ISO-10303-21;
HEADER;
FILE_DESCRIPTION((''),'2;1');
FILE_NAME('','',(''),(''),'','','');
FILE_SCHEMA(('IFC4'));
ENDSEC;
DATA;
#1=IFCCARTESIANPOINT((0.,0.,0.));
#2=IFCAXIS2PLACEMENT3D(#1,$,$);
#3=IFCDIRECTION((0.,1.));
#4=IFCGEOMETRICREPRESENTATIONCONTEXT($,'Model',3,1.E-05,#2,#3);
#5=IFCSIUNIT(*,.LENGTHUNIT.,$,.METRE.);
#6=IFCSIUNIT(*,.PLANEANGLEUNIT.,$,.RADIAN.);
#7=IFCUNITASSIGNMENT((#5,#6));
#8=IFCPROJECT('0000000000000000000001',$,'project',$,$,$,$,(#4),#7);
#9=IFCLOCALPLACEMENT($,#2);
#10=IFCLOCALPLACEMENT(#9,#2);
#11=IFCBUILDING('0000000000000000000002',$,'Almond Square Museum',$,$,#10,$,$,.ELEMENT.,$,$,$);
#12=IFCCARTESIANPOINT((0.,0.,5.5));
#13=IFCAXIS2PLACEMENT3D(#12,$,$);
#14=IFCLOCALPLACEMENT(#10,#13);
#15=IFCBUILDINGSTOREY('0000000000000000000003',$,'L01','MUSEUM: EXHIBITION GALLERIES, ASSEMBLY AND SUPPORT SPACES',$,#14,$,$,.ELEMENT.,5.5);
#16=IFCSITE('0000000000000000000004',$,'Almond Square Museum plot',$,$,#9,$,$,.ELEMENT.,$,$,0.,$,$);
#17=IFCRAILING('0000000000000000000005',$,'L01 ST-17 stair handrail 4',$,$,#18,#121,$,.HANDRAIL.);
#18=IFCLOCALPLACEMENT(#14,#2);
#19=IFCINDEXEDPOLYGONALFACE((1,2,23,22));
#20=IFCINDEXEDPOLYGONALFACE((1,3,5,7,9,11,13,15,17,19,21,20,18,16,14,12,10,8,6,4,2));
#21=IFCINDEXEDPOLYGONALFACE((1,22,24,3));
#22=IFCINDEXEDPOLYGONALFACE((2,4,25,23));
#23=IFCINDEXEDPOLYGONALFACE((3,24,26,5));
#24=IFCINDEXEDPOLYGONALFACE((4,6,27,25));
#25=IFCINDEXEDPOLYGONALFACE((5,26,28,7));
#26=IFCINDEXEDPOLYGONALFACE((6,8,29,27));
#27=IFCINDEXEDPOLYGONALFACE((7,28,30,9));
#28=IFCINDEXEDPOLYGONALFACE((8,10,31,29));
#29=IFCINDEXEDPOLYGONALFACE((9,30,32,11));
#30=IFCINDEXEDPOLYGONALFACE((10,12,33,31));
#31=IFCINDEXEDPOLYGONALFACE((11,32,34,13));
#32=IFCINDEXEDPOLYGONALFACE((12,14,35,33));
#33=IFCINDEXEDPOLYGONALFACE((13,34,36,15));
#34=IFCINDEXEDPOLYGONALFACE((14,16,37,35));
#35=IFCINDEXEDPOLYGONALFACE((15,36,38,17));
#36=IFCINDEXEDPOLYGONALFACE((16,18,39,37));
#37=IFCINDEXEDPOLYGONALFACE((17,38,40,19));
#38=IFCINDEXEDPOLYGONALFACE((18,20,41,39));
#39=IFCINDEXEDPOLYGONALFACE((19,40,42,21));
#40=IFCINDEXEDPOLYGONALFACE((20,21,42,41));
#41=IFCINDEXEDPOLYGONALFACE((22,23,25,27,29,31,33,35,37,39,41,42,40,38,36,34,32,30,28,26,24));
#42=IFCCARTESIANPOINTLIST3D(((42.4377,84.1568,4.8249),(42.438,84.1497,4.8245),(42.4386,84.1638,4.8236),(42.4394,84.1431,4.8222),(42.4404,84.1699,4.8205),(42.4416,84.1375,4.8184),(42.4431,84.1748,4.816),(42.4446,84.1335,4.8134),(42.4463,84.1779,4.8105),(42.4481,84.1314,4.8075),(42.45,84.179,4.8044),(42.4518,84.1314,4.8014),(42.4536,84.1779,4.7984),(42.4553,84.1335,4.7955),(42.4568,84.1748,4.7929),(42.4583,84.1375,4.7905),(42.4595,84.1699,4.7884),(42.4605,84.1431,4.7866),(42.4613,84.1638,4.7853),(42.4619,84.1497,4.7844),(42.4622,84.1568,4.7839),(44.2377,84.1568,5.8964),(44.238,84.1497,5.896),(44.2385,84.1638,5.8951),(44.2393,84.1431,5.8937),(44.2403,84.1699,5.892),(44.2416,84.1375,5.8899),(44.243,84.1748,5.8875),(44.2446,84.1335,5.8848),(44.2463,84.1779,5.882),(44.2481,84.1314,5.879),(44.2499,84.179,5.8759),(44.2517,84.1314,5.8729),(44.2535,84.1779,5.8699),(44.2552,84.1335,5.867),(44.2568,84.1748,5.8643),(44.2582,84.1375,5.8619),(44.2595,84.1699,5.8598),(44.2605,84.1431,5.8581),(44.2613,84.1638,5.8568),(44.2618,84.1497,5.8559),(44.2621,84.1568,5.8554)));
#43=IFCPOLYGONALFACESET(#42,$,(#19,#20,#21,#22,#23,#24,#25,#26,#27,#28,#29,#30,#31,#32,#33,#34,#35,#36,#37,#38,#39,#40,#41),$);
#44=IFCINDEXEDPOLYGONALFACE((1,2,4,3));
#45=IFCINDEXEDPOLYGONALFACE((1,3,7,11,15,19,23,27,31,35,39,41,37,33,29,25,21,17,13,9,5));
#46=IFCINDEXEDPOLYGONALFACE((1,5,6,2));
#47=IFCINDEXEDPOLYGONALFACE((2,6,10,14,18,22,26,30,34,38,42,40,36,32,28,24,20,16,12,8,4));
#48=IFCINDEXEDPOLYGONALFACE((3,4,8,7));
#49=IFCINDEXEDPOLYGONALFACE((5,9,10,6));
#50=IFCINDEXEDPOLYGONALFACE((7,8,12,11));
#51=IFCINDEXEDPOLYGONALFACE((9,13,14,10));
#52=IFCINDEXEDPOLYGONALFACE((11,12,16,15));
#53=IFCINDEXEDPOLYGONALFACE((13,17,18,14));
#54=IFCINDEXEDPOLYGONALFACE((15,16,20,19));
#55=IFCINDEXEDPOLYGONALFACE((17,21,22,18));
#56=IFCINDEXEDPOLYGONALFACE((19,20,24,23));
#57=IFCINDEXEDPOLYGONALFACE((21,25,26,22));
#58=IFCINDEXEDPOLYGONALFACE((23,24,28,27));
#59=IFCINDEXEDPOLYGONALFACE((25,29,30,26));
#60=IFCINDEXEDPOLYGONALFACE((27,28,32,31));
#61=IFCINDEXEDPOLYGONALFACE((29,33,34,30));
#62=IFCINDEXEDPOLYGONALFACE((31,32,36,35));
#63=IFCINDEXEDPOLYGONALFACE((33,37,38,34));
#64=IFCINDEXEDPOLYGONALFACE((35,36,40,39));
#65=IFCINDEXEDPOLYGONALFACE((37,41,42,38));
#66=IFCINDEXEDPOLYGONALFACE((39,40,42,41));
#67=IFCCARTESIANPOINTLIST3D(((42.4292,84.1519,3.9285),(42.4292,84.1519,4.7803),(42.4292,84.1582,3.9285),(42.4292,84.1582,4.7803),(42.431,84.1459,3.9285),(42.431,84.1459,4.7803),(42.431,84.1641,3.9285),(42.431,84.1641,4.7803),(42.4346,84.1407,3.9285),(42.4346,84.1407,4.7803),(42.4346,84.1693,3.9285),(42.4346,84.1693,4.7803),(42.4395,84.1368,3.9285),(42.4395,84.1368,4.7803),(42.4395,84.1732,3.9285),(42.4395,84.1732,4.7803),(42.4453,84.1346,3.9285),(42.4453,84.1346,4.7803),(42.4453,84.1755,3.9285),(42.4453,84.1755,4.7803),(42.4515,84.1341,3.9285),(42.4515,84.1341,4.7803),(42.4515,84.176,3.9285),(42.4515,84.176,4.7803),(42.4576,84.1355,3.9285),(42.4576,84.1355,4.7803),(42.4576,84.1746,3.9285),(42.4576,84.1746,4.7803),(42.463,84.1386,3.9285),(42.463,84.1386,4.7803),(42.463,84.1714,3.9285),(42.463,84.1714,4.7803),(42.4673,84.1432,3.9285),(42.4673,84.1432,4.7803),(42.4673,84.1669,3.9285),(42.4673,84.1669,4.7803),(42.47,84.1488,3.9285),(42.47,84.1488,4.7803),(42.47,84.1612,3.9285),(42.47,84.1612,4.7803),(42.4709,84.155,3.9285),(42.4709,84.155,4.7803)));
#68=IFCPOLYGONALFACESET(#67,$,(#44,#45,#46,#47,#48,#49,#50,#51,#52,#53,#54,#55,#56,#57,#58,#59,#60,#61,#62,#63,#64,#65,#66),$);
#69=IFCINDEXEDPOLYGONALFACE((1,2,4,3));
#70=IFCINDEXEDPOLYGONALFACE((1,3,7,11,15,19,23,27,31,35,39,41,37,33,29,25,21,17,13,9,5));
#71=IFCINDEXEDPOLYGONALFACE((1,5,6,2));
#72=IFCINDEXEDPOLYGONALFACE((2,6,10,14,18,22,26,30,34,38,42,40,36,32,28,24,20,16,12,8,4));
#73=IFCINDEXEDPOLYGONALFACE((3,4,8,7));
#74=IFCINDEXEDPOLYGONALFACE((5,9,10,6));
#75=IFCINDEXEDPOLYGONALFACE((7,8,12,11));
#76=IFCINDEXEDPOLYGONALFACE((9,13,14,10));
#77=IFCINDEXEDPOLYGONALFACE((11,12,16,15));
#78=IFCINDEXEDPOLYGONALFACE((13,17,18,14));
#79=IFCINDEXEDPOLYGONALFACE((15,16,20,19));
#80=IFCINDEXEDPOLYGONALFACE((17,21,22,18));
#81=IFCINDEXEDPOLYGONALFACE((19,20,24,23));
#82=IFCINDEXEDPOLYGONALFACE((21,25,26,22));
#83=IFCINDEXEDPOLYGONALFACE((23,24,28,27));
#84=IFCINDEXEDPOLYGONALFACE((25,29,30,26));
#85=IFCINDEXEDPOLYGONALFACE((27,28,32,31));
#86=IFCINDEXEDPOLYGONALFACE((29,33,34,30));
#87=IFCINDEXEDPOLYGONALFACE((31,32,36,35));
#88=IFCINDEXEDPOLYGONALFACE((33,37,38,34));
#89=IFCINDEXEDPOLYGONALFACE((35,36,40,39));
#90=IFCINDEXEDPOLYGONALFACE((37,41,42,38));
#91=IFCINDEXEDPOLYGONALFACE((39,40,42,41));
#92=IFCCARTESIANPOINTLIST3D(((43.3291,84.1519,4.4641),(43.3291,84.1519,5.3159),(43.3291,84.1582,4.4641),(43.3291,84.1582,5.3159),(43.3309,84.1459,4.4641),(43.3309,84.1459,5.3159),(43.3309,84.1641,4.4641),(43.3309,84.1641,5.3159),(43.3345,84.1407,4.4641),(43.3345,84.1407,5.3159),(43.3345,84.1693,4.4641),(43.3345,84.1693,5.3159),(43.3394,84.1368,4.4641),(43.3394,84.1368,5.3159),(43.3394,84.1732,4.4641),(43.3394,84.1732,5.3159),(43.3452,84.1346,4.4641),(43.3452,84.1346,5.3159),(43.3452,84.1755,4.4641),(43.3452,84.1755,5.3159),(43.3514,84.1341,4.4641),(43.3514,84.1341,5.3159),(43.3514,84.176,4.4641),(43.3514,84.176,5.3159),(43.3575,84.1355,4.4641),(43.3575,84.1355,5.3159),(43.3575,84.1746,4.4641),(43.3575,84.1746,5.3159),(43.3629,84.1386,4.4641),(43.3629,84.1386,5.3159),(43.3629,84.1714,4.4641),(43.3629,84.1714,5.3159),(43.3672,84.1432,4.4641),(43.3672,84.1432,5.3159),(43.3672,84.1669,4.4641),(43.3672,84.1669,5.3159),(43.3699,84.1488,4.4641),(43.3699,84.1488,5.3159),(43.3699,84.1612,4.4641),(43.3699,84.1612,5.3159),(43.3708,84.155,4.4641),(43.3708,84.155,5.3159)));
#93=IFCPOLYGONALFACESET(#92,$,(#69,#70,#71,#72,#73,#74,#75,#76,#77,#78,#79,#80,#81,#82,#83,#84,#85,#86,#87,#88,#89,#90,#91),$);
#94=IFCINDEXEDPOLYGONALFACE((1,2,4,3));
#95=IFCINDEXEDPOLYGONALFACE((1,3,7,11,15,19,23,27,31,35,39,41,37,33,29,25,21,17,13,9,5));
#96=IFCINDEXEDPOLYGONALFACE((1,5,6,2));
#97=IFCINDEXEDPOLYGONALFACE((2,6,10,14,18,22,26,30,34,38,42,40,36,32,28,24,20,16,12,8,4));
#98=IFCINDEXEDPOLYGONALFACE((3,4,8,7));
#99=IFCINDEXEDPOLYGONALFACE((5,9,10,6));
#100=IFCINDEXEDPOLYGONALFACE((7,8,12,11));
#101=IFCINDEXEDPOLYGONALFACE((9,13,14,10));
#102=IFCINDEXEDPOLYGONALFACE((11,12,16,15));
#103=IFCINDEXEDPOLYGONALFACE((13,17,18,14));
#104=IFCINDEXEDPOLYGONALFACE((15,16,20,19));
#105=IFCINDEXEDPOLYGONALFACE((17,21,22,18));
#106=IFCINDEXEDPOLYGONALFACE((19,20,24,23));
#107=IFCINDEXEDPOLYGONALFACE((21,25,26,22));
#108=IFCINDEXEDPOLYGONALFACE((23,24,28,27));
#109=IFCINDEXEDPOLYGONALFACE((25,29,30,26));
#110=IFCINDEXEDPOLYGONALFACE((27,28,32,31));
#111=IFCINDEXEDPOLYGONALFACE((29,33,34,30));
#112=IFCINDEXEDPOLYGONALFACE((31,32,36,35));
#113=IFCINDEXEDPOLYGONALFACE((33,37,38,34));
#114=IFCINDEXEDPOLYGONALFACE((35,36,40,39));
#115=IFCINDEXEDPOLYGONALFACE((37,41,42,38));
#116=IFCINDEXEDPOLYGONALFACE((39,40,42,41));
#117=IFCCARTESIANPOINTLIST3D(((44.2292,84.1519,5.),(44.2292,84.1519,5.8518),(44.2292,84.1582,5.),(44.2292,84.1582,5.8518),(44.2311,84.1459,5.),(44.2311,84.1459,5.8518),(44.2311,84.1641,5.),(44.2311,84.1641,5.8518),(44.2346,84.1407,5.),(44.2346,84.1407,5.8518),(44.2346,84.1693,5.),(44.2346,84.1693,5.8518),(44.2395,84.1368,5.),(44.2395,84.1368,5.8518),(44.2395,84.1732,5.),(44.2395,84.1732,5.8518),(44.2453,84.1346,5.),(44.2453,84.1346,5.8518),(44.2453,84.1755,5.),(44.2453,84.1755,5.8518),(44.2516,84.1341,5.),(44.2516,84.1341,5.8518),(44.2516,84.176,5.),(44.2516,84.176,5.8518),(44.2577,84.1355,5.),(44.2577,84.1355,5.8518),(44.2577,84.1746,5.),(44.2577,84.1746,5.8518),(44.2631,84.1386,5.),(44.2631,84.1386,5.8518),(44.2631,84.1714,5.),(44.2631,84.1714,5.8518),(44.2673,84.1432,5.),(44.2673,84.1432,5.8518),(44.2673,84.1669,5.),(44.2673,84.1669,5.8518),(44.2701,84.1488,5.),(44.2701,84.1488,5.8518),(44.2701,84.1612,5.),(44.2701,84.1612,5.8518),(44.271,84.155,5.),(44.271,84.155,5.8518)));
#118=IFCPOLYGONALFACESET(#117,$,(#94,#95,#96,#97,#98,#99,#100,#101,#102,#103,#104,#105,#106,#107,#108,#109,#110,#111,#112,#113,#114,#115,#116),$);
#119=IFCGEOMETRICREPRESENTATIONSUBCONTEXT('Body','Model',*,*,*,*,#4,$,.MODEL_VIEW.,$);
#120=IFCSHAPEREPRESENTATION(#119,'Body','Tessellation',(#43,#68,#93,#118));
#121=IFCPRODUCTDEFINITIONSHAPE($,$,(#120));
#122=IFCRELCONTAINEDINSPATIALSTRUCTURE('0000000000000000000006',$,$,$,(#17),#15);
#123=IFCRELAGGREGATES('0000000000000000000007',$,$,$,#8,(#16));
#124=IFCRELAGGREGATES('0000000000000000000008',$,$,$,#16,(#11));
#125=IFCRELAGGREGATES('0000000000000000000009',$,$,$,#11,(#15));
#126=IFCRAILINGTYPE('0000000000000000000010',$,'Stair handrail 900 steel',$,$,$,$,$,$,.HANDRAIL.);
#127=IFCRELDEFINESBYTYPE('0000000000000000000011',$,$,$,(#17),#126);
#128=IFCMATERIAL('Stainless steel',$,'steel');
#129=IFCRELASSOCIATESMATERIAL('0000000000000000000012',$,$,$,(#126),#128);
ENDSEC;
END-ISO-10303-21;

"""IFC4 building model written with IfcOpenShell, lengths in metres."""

from ifc_helpers import new_model, si_unit, direction, frame, origin, origin_2d, place, context, subcontext, project, spatial, circle, extrude, material, type_object, element, save


model = new_model("IFC4")

# Units and contexts
model_context = context("Model", 3, precision=1e-05, world=origin(), true_north=direction((0.0, 1.0)))
body_context = subcontext(model_context, "Body", "Model", "MODEL_VIEW")
ifc_project = project(units=[si_unit("LENGTHUNIT", "METRE"), si_unit("PLANEANGLEUNIT", "RADIAN")], contexts=[model_context])

# Site, building, storey
site_placement = place(None, origin())
site = spatial("IfcSite", under=ifc_project, at=site_placement, Name="Almond Square Museum plot", CompositionType="ELEMENT", RefElevation=0.0)
building_placement = place(site_placement, origin())
building = spatial("IfcBuilding", under=site, at=building_placement, Name="Almond Square Museum", CompositionType="ELEMENT")
storey_placement = place(building_placement, frame((0.0, 0.0, 5.5)))
storey = spatial("IfcBuildingStorey", under=building, at=storey_placement, Name="L01", Description="MUSEUM: EXHIBITION GALLERIES, ASSEMBLY AND SUPPORT SPACES", CompositionType="ELEMENT", Elevation=5.5)

# Railing
ifc_material_1 = material(Name="Stainless steel", Category="steel")
railing_type_1 = type_object("IfcRailingType", Name="Stair handrail 900 steel", PredefinedType="HANDRAIL", material=ifc_material_1)
railing_1_placement = place(storey_placement, frame((42.45, 84.155, 3.9285)))
element("IfcRailing", 1, at=railing_1_placement, inside=storey, type_object=railing_type_1, Name="L01 ST-17 stair handrail 4", PredefinedType="HANDRAIL", context=body_context, shape_type="SweptSolid", body=[
    extrude(circle(Radius=0.0239, at=origin_2d()), frame((0.0, 0.0, 0.876), z_axis=(0.859277, 0.0, 0.51151), x_axis=(0.0, 1.0, 0.0)), (0.0, 0.0, 1.0), 2.0947),
    extrude(circle(Radius=0.021, at=origin_2d()), origin(), (0.0, 0.0, 1.0), 0.8518),
    extrude(circle(Radius=0.021, at=origin_2d()), frame((0.8999, 0.0, 0.5356)), (0.0, 0.0, 1.0), 0.8518),
    extrude(circle(Radius=0.021, at=origin_2d()), frame((1.8, 0.0, 1.0715)), (0.0, 0.0, 1.0), 0.8518),
])

save(model, "model.ifc")
